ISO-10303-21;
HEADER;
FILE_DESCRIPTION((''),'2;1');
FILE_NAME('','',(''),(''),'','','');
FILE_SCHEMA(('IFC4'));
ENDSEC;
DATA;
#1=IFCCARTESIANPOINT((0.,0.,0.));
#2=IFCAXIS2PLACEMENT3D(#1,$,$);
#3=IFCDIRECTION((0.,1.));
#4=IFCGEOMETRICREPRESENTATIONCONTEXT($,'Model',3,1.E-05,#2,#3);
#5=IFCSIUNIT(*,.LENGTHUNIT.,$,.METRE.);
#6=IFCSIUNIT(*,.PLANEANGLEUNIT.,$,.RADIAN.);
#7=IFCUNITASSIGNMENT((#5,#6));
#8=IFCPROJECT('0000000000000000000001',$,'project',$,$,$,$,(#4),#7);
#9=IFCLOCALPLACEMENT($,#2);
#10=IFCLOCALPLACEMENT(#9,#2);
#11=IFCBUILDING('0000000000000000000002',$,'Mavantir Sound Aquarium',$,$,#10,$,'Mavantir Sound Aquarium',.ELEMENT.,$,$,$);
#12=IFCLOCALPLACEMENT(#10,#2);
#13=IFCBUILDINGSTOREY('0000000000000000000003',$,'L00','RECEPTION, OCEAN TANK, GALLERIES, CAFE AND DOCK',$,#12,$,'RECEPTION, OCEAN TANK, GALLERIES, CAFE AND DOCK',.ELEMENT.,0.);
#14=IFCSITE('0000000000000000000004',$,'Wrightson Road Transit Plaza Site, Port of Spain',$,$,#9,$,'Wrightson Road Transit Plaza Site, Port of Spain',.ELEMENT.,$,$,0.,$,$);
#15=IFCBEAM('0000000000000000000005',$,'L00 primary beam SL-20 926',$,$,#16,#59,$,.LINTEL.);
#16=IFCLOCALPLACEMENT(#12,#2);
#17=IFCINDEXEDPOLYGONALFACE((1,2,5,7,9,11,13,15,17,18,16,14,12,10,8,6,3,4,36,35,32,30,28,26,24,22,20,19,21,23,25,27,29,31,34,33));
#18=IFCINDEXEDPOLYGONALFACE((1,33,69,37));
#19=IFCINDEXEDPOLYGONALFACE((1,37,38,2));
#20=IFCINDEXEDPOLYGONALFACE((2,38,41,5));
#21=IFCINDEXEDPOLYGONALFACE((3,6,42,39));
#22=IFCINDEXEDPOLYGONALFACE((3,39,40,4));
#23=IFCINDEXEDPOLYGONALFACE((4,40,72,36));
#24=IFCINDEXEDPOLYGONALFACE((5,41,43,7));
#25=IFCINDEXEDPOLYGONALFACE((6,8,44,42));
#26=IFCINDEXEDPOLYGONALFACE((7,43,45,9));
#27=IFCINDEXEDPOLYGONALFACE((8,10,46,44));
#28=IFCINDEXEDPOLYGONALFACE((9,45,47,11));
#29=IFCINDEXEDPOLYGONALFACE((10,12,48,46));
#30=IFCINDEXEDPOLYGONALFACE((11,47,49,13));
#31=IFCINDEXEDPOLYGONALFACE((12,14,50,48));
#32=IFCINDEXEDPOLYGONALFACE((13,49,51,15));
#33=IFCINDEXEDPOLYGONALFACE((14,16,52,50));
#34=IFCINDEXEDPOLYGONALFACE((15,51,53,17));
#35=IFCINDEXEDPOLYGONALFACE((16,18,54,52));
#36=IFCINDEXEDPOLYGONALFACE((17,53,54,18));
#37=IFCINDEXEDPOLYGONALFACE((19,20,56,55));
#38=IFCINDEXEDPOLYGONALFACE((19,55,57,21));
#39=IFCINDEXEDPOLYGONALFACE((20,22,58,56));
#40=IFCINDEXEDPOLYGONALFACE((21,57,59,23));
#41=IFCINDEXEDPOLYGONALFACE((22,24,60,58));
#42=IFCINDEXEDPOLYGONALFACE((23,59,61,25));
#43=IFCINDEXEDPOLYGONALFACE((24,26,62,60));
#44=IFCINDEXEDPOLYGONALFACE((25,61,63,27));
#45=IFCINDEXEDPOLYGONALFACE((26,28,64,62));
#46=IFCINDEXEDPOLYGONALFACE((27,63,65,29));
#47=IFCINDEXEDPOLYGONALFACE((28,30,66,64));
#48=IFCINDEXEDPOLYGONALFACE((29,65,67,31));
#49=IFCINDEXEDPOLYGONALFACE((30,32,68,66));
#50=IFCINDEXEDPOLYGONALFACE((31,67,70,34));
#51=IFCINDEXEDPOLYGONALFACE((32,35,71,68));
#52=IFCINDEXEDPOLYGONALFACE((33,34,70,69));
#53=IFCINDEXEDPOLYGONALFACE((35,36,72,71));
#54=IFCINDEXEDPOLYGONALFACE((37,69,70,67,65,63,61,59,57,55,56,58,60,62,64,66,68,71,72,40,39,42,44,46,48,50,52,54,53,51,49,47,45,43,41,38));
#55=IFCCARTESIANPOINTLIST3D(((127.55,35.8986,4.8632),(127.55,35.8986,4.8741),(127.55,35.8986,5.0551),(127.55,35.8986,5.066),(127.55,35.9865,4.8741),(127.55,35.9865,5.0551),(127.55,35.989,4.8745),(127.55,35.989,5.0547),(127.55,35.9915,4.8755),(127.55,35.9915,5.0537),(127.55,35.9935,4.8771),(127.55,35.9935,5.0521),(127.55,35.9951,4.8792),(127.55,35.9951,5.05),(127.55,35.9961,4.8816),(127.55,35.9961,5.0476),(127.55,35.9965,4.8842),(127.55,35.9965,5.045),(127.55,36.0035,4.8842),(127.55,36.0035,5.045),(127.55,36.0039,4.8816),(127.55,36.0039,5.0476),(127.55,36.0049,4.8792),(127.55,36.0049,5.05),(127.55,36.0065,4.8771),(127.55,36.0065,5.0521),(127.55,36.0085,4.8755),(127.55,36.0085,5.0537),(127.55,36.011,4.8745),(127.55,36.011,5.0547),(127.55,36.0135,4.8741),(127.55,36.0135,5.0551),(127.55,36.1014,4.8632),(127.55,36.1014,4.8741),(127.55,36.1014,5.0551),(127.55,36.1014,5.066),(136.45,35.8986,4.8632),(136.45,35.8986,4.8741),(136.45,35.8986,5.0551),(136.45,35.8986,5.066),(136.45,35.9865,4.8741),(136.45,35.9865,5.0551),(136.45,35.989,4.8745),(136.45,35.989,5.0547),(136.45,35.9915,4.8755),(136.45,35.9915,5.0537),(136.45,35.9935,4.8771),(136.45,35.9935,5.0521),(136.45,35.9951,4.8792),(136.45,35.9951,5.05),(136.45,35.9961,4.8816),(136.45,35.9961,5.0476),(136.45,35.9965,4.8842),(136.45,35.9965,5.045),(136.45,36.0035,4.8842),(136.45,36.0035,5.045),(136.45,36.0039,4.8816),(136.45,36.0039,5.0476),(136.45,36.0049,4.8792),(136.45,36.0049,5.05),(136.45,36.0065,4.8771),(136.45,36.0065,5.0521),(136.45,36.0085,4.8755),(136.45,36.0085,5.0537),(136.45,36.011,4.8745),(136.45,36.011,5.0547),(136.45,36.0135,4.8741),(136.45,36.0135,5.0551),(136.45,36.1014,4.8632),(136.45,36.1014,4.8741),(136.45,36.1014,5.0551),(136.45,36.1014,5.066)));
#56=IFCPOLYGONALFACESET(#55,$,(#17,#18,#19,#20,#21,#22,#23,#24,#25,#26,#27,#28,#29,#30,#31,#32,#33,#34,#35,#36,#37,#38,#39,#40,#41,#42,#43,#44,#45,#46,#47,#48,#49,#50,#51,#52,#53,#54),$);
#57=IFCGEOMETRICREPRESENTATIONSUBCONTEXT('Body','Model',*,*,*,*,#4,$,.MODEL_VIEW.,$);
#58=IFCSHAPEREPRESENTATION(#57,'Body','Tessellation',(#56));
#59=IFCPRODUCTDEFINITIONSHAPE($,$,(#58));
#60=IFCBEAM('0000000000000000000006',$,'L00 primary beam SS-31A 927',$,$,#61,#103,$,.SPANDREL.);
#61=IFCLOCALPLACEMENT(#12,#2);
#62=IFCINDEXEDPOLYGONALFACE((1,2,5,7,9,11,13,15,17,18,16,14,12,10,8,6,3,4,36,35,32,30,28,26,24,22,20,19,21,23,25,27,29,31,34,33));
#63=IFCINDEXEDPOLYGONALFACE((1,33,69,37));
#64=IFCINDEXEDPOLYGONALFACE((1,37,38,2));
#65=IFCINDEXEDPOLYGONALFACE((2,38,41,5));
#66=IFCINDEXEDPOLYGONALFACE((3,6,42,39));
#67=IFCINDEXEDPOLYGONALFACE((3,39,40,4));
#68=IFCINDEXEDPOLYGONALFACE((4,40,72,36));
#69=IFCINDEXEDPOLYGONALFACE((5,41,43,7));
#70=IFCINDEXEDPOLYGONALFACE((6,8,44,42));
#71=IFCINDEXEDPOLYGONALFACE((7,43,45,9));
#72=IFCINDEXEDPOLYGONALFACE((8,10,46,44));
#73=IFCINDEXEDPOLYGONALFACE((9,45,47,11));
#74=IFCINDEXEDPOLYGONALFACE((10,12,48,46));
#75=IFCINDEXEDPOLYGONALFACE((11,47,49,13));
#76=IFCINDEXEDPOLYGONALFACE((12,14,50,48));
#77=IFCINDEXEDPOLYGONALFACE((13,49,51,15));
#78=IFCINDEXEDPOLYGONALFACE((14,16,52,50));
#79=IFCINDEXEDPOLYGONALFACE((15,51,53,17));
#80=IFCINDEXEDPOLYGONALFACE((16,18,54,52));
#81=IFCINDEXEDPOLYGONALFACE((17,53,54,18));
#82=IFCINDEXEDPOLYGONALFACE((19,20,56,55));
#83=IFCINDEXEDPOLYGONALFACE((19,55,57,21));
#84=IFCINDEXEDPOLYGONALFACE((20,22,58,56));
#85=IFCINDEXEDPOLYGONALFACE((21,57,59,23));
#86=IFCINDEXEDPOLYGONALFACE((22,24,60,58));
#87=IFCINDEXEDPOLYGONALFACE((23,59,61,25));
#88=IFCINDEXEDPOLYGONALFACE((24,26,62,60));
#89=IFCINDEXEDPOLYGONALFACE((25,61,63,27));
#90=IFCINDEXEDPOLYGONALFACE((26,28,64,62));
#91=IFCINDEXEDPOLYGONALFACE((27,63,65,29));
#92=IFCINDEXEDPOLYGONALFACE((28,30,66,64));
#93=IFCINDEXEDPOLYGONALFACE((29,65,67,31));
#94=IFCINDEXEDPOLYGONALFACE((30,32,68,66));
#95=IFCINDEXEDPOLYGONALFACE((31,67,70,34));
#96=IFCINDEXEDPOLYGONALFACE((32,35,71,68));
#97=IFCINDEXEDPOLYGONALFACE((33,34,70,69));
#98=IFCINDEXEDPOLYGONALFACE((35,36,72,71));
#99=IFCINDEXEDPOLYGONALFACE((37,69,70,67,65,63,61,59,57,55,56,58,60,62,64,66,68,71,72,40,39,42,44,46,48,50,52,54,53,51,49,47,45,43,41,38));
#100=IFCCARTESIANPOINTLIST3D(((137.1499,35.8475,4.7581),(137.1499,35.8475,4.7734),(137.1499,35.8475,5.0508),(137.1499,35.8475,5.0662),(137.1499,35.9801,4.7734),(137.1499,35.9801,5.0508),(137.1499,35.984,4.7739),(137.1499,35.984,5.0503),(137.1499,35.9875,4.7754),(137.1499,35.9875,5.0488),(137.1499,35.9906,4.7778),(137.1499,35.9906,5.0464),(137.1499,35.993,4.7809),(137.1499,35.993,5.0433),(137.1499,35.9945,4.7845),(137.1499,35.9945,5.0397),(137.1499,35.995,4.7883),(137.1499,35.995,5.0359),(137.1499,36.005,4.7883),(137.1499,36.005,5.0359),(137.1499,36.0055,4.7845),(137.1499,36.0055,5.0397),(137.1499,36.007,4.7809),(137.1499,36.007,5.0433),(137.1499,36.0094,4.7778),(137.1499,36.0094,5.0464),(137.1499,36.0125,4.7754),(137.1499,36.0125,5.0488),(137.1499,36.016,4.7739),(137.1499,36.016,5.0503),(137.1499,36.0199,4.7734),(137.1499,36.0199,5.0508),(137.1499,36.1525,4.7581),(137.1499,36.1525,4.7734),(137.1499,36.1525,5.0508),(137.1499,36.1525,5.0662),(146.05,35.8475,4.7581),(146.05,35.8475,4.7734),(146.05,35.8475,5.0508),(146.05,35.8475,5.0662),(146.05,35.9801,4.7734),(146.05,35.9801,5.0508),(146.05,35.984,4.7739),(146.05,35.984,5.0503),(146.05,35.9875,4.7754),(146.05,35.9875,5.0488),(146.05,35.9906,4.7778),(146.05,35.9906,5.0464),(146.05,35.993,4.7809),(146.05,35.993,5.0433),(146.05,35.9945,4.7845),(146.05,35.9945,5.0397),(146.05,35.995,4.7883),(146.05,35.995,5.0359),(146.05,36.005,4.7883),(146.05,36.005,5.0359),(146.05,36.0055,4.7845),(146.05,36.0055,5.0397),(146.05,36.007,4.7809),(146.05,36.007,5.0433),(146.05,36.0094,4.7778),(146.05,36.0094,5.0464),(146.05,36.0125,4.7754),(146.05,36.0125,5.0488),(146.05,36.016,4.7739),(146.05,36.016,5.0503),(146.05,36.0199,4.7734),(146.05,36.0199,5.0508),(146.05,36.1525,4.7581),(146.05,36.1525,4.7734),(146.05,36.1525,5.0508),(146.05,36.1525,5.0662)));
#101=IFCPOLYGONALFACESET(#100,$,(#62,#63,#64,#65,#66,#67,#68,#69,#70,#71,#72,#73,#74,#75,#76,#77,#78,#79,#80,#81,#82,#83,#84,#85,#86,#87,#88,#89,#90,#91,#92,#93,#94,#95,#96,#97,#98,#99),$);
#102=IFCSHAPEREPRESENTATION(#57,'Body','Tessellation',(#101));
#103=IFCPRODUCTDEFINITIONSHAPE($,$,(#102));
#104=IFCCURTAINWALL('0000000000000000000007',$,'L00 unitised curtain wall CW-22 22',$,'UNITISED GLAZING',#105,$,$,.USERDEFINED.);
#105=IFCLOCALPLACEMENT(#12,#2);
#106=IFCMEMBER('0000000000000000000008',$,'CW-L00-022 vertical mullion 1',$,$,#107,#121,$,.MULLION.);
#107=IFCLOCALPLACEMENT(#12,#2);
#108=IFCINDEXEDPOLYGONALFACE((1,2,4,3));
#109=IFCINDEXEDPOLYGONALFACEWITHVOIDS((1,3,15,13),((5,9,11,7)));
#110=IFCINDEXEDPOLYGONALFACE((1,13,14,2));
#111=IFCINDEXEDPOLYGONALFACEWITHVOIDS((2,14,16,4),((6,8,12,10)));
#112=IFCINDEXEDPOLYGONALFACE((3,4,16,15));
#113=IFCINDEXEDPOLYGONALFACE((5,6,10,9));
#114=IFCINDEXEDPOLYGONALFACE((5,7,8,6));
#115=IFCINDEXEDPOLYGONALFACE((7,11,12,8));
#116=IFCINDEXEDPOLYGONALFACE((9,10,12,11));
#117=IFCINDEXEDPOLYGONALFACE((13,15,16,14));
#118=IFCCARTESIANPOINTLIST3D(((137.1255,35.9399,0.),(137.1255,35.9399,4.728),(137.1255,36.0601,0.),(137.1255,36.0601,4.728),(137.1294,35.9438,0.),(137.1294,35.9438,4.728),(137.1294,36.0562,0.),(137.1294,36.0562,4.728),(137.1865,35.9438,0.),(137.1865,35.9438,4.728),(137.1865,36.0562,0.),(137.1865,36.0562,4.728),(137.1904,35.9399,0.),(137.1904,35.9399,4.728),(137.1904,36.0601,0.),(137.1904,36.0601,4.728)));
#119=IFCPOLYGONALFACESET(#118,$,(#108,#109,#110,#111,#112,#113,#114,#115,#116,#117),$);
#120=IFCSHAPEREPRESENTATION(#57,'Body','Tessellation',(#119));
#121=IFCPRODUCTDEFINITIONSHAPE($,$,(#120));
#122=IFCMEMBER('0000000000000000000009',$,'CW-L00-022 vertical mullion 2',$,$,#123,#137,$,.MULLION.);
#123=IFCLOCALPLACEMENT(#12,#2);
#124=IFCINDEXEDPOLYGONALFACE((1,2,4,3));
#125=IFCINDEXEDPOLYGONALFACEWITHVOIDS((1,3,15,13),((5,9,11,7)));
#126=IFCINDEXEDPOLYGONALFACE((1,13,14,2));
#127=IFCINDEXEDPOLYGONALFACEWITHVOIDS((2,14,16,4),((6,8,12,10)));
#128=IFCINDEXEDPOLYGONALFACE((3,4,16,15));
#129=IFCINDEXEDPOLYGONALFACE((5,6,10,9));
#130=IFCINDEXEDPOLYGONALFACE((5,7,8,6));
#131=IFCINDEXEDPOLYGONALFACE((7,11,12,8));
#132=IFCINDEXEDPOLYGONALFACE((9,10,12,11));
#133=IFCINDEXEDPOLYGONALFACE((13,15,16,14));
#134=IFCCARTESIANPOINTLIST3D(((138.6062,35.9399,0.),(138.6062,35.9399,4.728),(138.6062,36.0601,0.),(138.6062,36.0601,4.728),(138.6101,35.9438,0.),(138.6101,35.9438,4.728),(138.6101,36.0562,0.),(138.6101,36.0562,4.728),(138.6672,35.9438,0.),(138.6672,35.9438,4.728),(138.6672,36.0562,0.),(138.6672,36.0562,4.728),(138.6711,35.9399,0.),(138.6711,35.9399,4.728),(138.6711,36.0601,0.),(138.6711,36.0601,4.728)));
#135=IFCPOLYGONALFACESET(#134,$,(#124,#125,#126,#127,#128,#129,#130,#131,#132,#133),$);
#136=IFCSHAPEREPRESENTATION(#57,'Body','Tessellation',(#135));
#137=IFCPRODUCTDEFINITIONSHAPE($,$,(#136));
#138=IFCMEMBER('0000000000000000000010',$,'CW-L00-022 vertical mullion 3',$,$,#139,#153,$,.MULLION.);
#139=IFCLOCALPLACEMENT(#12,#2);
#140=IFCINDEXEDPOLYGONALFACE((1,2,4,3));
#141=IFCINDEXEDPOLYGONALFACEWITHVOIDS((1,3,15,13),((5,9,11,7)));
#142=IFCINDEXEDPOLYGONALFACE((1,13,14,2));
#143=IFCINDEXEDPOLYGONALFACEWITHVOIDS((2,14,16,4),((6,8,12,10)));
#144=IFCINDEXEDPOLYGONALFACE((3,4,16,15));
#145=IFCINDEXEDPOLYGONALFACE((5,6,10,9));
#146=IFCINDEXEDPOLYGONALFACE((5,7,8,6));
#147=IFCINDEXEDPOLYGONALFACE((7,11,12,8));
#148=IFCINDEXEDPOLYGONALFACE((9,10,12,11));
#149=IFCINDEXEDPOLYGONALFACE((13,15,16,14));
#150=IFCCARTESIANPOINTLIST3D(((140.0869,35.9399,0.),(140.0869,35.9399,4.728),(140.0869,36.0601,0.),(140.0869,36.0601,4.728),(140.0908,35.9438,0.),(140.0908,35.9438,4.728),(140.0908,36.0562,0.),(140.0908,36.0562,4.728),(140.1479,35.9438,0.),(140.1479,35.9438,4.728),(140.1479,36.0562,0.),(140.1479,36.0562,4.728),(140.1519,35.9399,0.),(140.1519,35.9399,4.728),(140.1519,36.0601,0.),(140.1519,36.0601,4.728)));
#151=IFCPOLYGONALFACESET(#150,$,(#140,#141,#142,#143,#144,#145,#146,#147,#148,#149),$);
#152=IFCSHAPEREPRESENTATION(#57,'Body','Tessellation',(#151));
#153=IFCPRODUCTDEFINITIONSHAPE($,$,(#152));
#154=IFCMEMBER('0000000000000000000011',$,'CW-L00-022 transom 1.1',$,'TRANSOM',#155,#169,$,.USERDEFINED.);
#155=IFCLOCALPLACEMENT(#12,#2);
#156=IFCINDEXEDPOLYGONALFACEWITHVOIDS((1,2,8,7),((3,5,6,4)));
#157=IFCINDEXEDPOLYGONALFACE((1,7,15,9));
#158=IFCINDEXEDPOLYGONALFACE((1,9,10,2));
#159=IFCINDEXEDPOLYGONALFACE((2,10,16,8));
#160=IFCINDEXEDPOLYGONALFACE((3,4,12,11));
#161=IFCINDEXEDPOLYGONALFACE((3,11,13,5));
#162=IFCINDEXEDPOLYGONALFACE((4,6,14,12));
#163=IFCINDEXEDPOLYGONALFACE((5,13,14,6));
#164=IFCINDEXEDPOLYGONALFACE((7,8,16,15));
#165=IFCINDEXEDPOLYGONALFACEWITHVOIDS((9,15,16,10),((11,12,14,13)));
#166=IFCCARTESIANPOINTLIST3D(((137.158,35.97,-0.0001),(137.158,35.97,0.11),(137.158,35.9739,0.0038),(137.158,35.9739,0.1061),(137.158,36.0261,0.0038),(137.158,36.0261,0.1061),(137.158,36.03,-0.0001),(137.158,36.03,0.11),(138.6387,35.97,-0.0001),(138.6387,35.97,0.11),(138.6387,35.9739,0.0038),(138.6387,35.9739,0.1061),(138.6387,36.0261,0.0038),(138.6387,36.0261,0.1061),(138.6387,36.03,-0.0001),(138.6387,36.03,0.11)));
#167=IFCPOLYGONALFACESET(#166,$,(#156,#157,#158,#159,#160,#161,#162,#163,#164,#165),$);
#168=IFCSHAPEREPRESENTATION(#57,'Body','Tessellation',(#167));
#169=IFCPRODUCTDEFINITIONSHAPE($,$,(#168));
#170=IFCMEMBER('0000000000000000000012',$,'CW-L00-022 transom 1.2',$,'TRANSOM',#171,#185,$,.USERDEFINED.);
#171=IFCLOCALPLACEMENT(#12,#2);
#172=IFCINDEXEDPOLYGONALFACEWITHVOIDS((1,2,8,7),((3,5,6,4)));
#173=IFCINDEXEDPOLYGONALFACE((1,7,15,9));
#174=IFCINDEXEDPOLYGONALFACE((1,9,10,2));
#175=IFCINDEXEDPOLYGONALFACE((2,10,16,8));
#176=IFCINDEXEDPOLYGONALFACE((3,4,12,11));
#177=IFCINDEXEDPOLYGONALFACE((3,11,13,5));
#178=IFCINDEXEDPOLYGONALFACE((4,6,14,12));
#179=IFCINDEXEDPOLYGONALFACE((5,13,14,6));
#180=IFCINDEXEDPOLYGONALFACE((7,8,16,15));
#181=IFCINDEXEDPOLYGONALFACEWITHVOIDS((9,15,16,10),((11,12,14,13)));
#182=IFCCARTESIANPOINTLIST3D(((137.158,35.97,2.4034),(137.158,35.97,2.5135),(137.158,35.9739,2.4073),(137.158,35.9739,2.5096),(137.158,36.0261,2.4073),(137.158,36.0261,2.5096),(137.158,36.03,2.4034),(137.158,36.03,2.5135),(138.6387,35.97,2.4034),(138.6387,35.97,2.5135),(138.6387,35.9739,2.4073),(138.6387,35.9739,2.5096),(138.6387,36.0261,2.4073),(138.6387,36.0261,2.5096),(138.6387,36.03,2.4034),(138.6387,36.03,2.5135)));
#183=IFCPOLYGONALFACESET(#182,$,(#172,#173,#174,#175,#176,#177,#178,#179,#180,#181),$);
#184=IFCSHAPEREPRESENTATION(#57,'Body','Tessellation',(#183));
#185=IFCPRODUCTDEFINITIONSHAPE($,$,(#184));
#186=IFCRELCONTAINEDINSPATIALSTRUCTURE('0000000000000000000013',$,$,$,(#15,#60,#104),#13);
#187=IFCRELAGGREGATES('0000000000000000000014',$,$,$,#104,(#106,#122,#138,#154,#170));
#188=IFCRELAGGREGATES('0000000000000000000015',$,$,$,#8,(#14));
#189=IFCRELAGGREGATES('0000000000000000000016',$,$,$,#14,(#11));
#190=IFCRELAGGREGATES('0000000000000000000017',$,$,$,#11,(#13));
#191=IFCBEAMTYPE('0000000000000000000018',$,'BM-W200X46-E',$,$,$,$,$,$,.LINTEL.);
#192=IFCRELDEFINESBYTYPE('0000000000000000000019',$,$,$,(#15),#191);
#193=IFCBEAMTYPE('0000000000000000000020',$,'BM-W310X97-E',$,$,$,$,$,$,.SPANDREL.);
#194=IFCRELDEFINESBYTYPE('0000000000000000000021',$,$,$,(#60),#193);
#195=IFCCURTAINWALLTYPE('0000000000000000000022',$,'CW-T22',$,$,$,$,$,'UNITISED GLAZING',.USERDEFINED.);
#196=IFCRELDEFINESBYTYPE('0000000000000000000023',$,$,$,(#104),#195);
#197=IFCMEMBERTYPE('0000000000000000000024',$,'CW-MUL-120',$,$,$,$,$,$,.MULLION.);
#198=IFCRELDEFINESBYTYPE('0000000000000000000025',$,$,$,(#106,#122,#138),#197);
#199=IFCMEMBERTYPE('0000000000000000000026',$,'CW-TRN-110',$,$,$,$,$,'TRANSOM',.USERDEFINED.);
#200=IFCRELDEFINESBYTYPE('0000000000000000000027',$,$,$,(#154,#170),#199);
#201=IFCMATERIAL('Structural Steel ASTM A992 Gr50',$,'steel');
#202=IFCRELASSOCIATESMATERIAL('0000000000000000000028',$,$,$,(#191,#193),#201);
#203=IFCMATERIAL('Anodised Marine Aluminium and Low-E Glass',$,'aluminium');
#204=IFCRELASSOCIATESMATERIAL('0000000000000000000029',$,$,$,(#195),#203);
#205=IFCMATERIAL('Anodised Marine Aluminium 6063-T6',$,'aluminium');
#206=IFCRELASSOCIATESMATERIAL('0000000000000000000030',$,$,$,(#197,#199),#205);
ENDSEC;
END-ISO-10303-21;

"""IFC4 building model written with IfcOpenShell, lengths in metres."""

from ifc_helpers import new_model, si_unit, direction, frame, origin, origin_2d, place, context, subcontext, project, spatial, hollow_rectangle, i_section, extrude, material, material_profile, profile_set, type_object, element, aggregate, save


model = new_model("IFC4")

# Units and contexts
model_context = context("Model", 3, precision=1e-05, world=origin(), true_north=direction((0.0, 1.0)))
body_context = subcontext(model_context, "Body", "Model", "MODEL_VIEW")
ifc_project = project(units=[si_unit("LENGTHUNIT", "METRE"), si_unit("PLANEANGLEUNIT", "RADIAN")], contexts=[model_context])

# Site, building, storey
site_placement = place(None, origin())
site = spatial("IfcSite", under=ifc_project, at=site_placement, Name="Wrightson Road Transit Plaza Site, Port of Spain", LongName="Wrightson Road Transit Plaza Site, Port of Spain", CompositionType="ELEMENT", RefElevation=0.0)
building_placement = place(site_placement, origin())
building = spatial("IfcBuilding", under=site, at=building_placement, Name="Mavantir Sound Aquarium", LongName="Mavantir Sound Aquarium", CompositionType="ELEMENT")
storey_placement = place(building_placement, origin())
storey = spatial("IfcBuildingStorey", under=building, at=storey_placement, Name="L00", Description="RECEPTION, OCEAN TANK, GALLERIES, CAFE AND DOCK", LongName="RECEPTION, OCEAN TANK, GALLERIES, CAFE AND DOCK", CompositionType="ELEMENT", Elevation=0.0)

# Beams
ifc_material_1 = material(Name="Structural Steel ASTM A992 Gr50", Category="steel")
ifc_material_profile_1 = material_profile(ifc_material_1, i_section(OverallWidth=0.2029, OverallDepth=0.2029, WebThickness=0.0071, FlangeThickness=0.011, FilletRadius=0.01, at=origin_2d()), Name="W200X46")
ifc_profile_set_1 = profile_set([ifc_material_profile_1], Name="Structural Steel ASTM A992 Gr50")
beam_type_1 = type_object("IfcBeamType", Name="BM-W200X46-E", PredefinedType="LINTEL", material=ifc_profile_set_1)
beam_1_placement = place(storey_placement, frame((127.55, 36.0, 4.9646), z_axis=(1.0, 0.0, 0.0), x_axis=(0.0, 1.0, 0.0)))
element("IfcBeam", 1, at=beam_1_placement, inside=storey, type_object=beam_type_1, Name="L00 primary beam SL-20 926", PredefinedType="LINTEL", context=body_context, shape_type="SweptSolid", body=[
    extrude(i_section(OverallWidth=0.2029, OverallDepth=0.2029, WebThickness=0.0071, FlangeThickness=0.011, FilletRadius=0.01, at=origin_2d()), origin(), (0.0, 0.0, 1.0), 8.8999),
])
ifc_material_profile_2 = material_profile(ifc_material_1, i_section(OverallWidth=0.3049, OverallDepth=0.3081, WebThickness=0.01, FlangeThickness=0.0154, FilletRadius=0.0149, at=origin_2d()), Name="W310X97")
ifc_profile_set_2 = profile_set([ifc_material_profile_2], Name="Structural Steel ASTM A992 Gr50")
beam_type_2 = type_object("IfcBeamType", Name="BM-W310X97-E", PredefinedType="SPANDREL", material=ifc_profile_set_2)
beam_2_placement = place(storey_placement, frame((137.1499, 36.0, 4.9121), z_axis=(1.0, 0.0, 0.0), x_axis=(0.0, 1.0, 0.0)))
element("IfcBeam", 2, at=beam_2_placement, inside=storey, type_object=beam_type_2, Name="L00 primary beam SS-31A 927", PredefinedType="SPANDREL", context=body_context, shape_type="SweptSolid", body=[
    extrude(i_section(OverallWidth=0.3049, OverallDepth=0.3081, WebThickness=0.01, FlangeThickness=0.0154, FilletRadius=0.0149, at=origin_2d()), origin(), (0.0, 0.0, 1.0), 8.9001),
])

# Curtain wall, members
ifc_material_2 = material(Name="Anodised Marine Aluminium and Low-E Glass", Category="aluminium")
curtain_wall_type = type_object("IfcCurtainWallType", Name="CW-T22", ElementType="UNITISED GLAZING", PredefinedType="USERDEFINED", material=ifc_material_2)
curtain_wall_placement = place(storey_placement, origin())
curtain_wall = element("IfcCurtainWall", 3, at=curtain_wall_placement, inside=storey, type_object=curtain_wall_type, Name="L00 unitised curtain wall CW-22 22", ObjectType="UNITISED GLAZING", PredefinedType="USERDEFINED")
ifc_material_3 = material(Name="Anodised Marine Aluminium 6063-T6", Category="aluminium")
ifc_material_profile_3 = material_profile(ifc_material_3, hollow_rectangle(XDim=0.0649, YDim=0.1201, WallThickness=0.0039, at=origin_2d()), Name="ALU-MULLION-120X65")
ifc_profile_set_3 = profile_set([ifc_material_profile_3], Name="Anodised Marine Aluminium 6063-T6")
member_type_1 = type_object("IfcMemberType", Name="CW-MUL-120", PredefinedType="MULLION", material=ifc_profile_set_3)
member_1_placement = place(storey_placement, frame((137.158, 36.0, 0.0), z_axis=(0.0, 0.0, 1.0), x_axis=(1.0, 0.0, 0.0)))
member_1 = element("IfcMember", 4, at=member_1_placement, type_object=member_type_1, Name="CW-L00-022 vertical mullion 1", PredefinedType="MULLION", context=body_context, shape_type="SweptSolid", body=[
    extrude(hollow_rectangle(XDim=0.0649, YDim=0.1201, WallThickness=0.0039, at=origin_2d()), origin(), (0.0, 0.0, 1.0), 4.728),
])
member_2_placement = place(storey_placement, frame((138.6387, 36.0, 0.0), z_axis=(0.0, 0.0, 1.0), x_axis=(1.0, 0.0, 0.0)))
member_2 = element("IfcMember", 5, at=member_2_placement, type_object=member_type_1, Name="CW-L00-022 vertical mullion 2", PredefinedType="MULLION", context=body_context, shape_type="SweptSolid", body=[
    extrude(hollow_rectangle(XDim=0.0649, YDim=0.1201, WallThickness=0.0039, at=origin_2d()), origin(), (0.0, 0.0, 1.0), 4.728),
])
member_3_placement = place(storey_placement, frame((140.1194, 36.0, 0.0), z_axis=(0.0, 0.0, 1.0), x_axis=(1.0, 0.0, 0.0)))
member_3 = element("IfcMember", 6, at=member_3_placement, type_object=member_type_1, Name="CW-L00-022 vertical mullion 3", PredefinedType="MULLION", context=body_context, shape_type="SweptSolid", body=[
    extrude(hollow_rectangle(XDim=0.0649, YDim=0.1201, WallThickness=0.0039, at=origin_2d()), origin(), (0.0, 0.0, 1.0), 4.728),
])
ifc_material_profile_4 = material_profile(ifc_material_3, hollow_rectangle(XDim=0.0601, YDim=0.1101, WallThickness=0.0039, at=origin_2d()), Name="ALU-TRANSOM-110X60")
ifc_profile_set_4 = profile_set([ifc_material_profile_4], Name="Anodised Marine Aluminium 6063-T6")
member_type_2 = type_object("IfcMemberType", Name="CW-TRN-110", ElementType="TRANSOM", PredefinedType="USERDEFINED", material=ifc_profile_set_4)
member_4_placement = place(storey_placement, frame((137.158, 36.0, 0.0549), z_axis=(1.0, 0.0, 0.0), x_axis=(0.0, 1.0, 0.0)))
member_4 = element("IfcMember", 7, at=member_4_placement, type_object=member_type_2, Name="CW-L00-022 transom 1.1", ObjectType="TRANSOM", PredefinedType="USERDEFINED", context=body_context, shape_type="SweptSolid", body=[
    extrude(hollow_rectangle(XDim=0.0601, YDim=0.1101, WallThickness=0.0039, at=origin_2d()), origin(), (0.0, 0.0, 1.0), 1.4807),
])
member_5_placement = place(storey_placement, frame((137.158, 36.0, 2.4585), z_axis=(1.0, 0.0, 0.0), x_axis=(0.0, 1.0, 0.0)))
member_5 = element("IfcMember", 8, at=member_5_placement, type_object=member_type_2, Name="CW-L00-022 transom 1.2", ObjectType="TRANSOM", PredefinedType="USERDEFINED", context=body_context, shape_type="SweptSolid", body=[
    extrude(hollow_rectangle(XDim=0.0601, YDim=0.1101, WallThickness=0.0039, at=origin_2d()), origin(), (0.0, 0.0, 1.0), 1.4807),
])
aggregate(curtain_wall, [member_1, member_2, member_3, member_4, member_5])

save(model, "model.ifc")
